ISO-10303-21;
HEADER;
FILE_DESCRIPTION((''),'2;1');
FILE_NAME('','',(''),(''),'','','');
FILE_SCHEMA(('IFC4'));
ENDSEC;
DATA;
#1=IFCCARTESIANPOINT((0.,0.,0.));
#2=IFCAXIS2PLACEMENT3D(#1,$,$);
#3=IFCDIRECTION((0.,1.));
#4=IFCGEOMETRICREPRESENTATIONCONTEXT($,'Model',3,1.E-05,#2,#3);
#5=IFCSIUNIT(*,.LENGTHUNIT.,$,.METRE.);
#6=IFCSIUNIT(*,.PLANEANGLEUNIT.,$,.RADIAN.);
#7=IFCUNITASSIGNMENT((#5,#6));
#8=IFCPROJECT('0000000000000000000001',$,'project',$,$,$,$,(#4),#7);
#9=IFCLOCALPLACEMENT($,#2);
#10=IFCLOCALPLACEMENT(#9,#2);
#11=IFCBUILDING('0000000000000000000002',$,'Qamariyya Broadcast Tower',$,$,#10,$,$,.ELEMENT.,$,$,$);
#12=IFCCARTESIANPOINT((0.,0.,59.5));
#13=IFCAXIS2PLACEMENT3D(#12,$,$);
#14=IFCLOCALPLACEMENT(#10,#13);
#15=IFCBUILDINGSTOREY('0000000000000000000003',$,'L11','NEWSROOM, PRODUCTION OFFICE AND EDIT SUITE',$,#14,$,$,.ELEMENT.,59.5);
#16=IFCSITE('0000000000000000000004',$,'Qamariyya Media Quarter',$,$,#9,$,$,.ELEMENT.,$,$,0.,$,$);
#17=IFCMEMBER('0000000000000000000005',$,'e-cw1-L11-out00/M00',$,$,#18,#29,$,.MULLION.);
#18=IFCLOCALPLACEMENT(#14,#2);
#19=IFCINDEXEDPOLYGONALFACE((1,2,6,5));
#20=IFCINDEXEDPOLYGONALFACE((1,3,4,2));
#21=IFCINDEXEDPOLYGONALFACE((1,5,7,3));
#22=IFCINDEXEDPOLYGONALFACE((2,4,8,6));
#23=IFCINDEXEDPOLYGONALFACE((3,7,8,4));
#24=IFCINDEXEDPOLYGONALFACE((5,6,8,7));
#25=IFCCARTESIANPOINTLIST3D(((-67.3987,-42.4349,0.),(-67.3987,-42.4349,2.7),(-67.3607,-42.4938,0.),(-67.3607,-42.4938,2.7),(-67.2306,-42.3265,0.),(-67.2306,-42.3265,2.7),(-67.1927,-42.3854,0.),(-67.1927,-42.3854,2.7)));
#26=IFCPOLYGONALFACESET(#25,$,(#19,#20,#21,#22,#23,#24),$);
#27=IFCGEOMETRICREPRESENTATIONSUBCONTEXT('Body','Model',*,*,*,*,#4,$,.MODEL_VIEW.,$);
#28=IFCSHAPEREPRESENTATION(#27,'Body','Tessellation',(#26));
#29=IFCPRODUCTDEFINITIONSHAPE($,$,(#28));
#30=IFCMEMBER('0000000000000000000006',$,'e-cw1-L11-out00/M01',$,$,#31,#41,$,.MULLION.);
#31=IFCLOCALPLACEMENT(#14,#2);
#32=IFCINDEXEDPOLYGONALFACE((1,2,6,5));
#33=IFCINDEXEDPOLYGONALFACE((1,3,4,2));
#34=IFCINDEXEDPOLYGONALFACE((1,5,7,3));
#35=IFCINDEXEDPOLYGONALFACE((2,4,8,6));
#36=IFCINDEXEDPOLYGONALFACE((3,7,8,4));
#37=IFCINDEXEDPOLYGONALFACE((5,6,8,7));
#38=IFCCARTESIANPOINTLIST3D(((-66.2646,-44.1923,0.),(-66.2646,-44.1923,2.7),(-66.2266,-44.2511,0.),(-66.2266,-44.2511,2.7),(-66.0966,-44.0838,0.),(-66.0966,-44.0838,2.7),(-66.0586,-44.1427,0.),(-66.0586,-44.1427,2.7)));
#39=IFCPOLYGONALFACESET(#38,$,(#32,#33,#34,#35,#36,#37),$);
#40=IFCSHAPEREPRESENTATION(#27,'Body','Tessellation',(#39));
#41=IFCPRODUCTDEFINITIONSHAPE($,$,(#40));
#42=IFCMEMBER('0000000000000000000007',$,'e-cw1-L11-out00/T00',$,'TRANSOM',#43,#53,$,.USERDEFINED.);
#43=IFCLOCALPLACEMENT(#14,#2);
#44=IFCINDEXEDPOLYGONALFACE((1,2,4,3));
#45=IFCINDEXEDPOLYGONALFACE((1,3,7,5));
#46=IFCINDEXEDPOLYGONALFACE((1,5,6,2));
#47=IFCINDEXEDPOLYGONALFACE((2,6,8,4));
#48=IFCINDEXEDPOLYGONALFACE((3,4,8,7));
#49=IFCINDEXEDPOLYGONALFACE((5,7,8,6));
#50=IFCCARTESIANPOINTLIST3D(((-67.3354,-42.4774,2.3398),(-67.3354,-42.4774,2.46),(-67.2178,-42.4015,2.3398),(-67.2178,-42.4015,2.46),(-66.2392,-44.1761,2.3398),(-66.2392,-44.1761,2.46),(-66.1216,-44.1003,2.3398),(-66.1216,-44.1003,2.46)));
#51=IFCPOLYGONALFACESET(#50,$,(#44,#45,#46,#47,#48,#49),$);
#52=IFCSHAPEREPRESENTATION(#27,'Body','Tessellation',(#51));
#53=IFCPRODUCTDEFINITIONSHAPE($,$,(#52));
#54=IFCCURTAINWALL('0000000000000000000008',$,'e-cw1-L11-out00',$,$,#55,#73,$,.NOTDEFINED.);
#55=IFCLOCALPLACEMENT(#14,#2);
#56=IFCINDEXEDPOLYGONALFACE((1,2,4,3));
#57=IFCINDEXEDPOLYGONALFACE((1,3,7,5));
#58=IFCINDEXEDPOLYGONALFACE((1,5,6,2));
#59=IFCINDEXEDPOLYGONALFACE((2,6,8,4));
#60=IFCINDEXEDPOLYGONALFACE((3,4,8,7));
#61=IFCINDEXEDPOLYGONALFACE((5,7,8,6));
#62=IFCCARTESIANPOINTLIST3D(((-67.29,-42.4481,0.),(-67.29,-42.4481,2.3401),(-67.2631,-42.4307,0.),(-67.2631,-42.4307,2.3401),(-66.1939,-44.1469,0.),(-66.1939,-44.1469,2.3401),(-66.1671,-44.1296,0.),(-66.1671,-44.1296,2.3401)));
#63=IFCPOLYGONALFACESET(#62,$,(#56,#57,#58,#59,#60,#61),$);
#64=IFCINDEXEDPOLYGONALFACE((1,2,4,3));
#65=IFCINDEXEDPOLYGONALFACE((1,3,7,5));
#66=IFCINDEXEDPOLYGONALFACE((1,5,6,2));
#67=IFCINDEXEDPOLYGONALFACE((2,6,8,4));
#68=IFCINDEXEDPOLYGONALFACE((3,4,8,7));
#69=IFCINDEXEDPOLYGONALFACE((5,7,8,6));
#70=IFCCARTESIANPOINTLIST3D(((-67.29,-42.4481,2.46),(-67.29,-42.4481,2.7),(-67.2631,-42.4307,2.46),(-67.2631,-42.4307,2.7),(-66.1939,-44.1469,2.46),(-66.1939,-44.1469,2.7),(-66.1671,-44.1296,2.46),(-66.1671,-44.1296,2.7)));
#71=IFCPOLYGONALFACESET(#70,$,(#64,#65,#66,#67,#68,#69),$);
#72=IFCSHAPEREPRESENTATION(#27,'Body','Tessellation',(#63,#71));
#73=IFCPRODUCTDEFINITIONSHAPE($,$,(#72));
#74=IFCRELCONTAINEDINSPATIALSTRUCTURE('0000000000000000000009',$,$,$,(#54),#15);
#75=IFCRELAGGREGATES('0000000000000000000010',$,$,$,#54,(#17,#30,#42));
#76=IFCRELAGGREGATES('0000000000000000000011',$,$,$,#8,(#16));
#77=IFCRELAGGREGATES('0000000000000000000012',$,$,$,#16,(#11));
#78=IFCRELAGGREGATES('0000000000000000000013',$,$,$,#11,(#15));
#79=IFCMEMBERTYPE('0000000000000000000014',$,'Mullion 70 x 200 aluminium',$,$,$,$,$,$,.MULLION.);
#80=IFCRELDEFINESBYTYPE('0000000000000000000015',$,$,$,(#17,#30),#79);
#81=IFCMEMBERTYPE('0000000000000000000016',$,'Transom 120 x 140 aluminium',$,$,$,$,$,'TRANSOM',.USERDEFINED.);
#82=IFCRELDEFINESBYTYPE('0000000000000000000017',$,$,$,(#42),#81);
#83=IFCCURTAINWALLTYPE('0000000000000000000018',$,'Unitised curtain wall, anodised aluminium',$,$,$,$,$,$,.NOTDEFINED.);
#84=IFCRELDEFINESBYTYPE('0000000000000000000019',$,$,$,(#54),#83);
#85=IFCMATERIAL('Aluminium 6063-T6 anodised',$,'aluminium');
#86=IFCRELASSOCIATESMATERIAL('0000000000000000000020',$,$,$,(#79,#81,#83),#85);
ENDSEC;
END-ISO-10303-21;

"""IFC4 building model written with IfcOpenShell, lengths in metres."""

from ifc_helpers import new_model, si_unit, direction, frame, origin, origin_2d, place, context, subcontext, project, spatial, rectangle, extrude, material, material_profile, profile_set, type_object, element, aggregate, save


model = new_model("IFC4")

# Units and contexts
model_context = context("Model", 3, precision=1e-05, world=origin(), true_north=direction((0.0, 1.0)))
body_context = subcontext(model_context, "Body", "Model", "MODEL_VIEW")
ifc_project = project(units=[si_unit("LENGTHUNIT", "METRE"), si_unit("PLANEANGLEUNIT", "RADIAN")], contexts=[model_context])

# Members
ifc_material_1 = material(Name="Aluminium 6063-T6 anodised", Category="aluminium")
ifc_material_profile_1 = material_profile(ifc_material_1, rectangle(XDim=0.2, YDim=0.0701, at=origin_2d()))
ifc_profile_set_1 = profile_set([ifc_material_profile_1], Name="Aluminium 6063-T6 anodised")
member_type_1 = type_object("IfcMemberType", Name="Mullion 70 x 200 aluminium", PredefinedType="MULLION", material=ifc_profile_set_1)
site_placement = place(None, origin())
building_placement = place(site_placement, origin())
storey_placement = place(building_placement, frame((0.0, 0.0, 59.5)))
member_1_placement = place(storey_placement, frame((-67.2957, -42.4102, 0.0), z_axis=(0.0, 0.0, 1.0), x_axis=(0.840245, 0.542207, 0.0)))
member_1 = element("IfcMember", 1, at=member_1_placement, type_object=member_type_1, Name="e-cw1-L11-out00/M00", PredefinedType="MULLION", context=body_context, shape_type="SweptSolid", body=[
    extrude(rectangle(XDim=0.2, YDim=0.0701, at=origin_2d()), origin(), (0.0, 0.0, 1.0), 2.7),
])
member_2_placement = place(storey_placement, frame((-66.1616, -44.1675, 0.0), z_axis=(0.0, 0.0, 1.0), x_axis=(0.840245, 0.542207, 0.0)))
member_2 = element("IfcMember", 2, at=member_2_placement, type_object=member_type_1, Name="e-cw1-L11-out00/M01", PredefinedType="MULLION", context=body_context, shape_type="SweptSolid", body=[
    extrude(rectangle(XDim=0.2, YDim=0.0701, at=origin_2d()), origin(), (0.0, 0.0, 1.0), 2.7),
])
ifc_material_profile_2 = material_profile(ifc_material_1, rectangle(XDim=0.1399, YDim=0.1201, at=origin_2d()))
ifc_profile_set_2 = profile_set([ifc_material_profile_2], Name="Aluminium 6063-T6 anodised")
member_type_2 = type_object("IfcMemberType", Name="Transom 120 x 140 aluminium", ElementType="TRANSOM", PredefinedType="USERDEFINED", material=ifc_profile_set_2)
member_3_placement = place(storey_placement, frame((-67.2766, -42.4395, 2.3999), z_axis=(0.542209, -0.840243, 0.0), x_axis=(0.840243, 0.542209, 0.0)))
member_3 = element("IfcMember", 3, at=member_3_placement, type_object=member_type_2, Name="e-cw1-L11-out00/T00", ObjectType="TRANSOM", PredefinedType="USERDEFINED", context=body_context, shape_type="SweptSolid", body=[
    extrude(rectangle(XDim=0.1399, YDim=0.1201, at=origin_2d()), origin(), (0.0, 0.0, 1.0), 2.0217),
])

# Site, building, storey
site = spatial("IfcSite", under=ifc_project, at=site_placement, Name="Qamariyya Media Quarter", CompositionType="ELEMENT", RefElevation=0.0)
building = spatial("IfcBuilding", under=site, at=building_placement, Name="Qamariyya Broadcast Tower", CompositionType="ELEMENT")
storey = spatial("IfcBuildingStorey", under=building, at=storey_placement, Name="L11", Description="NEWSROOM, PRODUCTION OFFICE AND EDIT SUITE", CompositionType="ELEMENT", Elevation=59.5)

# Curtain wall
curtain_wall_type = type_object("IfcCurtainWallType", Name="Unitised curtain wall, anodised aluminium", PredefinedType="NOTDEFINED", material=ifc_material_1)
curtain_wall_1_placement = place(storey_placement, origin())
curtain_wall_1 = element("IfcCurtainWall", 4, at=curtain_wall_1_placement, inside=storey, type_object=curtain_wall_type, Name="e-cw1-L11-out00", PredefinedType="NOTDEFINED", context=body_context, shape_type="SweptSolid", body=[
    extrude(rectangle(XDim=2.0217, YDim=0.032, at=origin_2d()), frame((-66.7285, -43.2888, 0.0), x_axis=(0.542127, -0.840297, 0.0)), (0.0, 0.0, 1.0), 2.3401),
    extrude(rectangle(XDim=2.0217, YDim=0.032, at=origin_2d()), frame((-66.7285, -43.2888, 2.46), x_axis=(0.542127, -0.840297, 0.0)), (0.0, 0.0, 1.0), 0.24),
])
aggregate(curtain_wall_1, [member_1, member_2, member_3])

save(model, "model.ifc")
